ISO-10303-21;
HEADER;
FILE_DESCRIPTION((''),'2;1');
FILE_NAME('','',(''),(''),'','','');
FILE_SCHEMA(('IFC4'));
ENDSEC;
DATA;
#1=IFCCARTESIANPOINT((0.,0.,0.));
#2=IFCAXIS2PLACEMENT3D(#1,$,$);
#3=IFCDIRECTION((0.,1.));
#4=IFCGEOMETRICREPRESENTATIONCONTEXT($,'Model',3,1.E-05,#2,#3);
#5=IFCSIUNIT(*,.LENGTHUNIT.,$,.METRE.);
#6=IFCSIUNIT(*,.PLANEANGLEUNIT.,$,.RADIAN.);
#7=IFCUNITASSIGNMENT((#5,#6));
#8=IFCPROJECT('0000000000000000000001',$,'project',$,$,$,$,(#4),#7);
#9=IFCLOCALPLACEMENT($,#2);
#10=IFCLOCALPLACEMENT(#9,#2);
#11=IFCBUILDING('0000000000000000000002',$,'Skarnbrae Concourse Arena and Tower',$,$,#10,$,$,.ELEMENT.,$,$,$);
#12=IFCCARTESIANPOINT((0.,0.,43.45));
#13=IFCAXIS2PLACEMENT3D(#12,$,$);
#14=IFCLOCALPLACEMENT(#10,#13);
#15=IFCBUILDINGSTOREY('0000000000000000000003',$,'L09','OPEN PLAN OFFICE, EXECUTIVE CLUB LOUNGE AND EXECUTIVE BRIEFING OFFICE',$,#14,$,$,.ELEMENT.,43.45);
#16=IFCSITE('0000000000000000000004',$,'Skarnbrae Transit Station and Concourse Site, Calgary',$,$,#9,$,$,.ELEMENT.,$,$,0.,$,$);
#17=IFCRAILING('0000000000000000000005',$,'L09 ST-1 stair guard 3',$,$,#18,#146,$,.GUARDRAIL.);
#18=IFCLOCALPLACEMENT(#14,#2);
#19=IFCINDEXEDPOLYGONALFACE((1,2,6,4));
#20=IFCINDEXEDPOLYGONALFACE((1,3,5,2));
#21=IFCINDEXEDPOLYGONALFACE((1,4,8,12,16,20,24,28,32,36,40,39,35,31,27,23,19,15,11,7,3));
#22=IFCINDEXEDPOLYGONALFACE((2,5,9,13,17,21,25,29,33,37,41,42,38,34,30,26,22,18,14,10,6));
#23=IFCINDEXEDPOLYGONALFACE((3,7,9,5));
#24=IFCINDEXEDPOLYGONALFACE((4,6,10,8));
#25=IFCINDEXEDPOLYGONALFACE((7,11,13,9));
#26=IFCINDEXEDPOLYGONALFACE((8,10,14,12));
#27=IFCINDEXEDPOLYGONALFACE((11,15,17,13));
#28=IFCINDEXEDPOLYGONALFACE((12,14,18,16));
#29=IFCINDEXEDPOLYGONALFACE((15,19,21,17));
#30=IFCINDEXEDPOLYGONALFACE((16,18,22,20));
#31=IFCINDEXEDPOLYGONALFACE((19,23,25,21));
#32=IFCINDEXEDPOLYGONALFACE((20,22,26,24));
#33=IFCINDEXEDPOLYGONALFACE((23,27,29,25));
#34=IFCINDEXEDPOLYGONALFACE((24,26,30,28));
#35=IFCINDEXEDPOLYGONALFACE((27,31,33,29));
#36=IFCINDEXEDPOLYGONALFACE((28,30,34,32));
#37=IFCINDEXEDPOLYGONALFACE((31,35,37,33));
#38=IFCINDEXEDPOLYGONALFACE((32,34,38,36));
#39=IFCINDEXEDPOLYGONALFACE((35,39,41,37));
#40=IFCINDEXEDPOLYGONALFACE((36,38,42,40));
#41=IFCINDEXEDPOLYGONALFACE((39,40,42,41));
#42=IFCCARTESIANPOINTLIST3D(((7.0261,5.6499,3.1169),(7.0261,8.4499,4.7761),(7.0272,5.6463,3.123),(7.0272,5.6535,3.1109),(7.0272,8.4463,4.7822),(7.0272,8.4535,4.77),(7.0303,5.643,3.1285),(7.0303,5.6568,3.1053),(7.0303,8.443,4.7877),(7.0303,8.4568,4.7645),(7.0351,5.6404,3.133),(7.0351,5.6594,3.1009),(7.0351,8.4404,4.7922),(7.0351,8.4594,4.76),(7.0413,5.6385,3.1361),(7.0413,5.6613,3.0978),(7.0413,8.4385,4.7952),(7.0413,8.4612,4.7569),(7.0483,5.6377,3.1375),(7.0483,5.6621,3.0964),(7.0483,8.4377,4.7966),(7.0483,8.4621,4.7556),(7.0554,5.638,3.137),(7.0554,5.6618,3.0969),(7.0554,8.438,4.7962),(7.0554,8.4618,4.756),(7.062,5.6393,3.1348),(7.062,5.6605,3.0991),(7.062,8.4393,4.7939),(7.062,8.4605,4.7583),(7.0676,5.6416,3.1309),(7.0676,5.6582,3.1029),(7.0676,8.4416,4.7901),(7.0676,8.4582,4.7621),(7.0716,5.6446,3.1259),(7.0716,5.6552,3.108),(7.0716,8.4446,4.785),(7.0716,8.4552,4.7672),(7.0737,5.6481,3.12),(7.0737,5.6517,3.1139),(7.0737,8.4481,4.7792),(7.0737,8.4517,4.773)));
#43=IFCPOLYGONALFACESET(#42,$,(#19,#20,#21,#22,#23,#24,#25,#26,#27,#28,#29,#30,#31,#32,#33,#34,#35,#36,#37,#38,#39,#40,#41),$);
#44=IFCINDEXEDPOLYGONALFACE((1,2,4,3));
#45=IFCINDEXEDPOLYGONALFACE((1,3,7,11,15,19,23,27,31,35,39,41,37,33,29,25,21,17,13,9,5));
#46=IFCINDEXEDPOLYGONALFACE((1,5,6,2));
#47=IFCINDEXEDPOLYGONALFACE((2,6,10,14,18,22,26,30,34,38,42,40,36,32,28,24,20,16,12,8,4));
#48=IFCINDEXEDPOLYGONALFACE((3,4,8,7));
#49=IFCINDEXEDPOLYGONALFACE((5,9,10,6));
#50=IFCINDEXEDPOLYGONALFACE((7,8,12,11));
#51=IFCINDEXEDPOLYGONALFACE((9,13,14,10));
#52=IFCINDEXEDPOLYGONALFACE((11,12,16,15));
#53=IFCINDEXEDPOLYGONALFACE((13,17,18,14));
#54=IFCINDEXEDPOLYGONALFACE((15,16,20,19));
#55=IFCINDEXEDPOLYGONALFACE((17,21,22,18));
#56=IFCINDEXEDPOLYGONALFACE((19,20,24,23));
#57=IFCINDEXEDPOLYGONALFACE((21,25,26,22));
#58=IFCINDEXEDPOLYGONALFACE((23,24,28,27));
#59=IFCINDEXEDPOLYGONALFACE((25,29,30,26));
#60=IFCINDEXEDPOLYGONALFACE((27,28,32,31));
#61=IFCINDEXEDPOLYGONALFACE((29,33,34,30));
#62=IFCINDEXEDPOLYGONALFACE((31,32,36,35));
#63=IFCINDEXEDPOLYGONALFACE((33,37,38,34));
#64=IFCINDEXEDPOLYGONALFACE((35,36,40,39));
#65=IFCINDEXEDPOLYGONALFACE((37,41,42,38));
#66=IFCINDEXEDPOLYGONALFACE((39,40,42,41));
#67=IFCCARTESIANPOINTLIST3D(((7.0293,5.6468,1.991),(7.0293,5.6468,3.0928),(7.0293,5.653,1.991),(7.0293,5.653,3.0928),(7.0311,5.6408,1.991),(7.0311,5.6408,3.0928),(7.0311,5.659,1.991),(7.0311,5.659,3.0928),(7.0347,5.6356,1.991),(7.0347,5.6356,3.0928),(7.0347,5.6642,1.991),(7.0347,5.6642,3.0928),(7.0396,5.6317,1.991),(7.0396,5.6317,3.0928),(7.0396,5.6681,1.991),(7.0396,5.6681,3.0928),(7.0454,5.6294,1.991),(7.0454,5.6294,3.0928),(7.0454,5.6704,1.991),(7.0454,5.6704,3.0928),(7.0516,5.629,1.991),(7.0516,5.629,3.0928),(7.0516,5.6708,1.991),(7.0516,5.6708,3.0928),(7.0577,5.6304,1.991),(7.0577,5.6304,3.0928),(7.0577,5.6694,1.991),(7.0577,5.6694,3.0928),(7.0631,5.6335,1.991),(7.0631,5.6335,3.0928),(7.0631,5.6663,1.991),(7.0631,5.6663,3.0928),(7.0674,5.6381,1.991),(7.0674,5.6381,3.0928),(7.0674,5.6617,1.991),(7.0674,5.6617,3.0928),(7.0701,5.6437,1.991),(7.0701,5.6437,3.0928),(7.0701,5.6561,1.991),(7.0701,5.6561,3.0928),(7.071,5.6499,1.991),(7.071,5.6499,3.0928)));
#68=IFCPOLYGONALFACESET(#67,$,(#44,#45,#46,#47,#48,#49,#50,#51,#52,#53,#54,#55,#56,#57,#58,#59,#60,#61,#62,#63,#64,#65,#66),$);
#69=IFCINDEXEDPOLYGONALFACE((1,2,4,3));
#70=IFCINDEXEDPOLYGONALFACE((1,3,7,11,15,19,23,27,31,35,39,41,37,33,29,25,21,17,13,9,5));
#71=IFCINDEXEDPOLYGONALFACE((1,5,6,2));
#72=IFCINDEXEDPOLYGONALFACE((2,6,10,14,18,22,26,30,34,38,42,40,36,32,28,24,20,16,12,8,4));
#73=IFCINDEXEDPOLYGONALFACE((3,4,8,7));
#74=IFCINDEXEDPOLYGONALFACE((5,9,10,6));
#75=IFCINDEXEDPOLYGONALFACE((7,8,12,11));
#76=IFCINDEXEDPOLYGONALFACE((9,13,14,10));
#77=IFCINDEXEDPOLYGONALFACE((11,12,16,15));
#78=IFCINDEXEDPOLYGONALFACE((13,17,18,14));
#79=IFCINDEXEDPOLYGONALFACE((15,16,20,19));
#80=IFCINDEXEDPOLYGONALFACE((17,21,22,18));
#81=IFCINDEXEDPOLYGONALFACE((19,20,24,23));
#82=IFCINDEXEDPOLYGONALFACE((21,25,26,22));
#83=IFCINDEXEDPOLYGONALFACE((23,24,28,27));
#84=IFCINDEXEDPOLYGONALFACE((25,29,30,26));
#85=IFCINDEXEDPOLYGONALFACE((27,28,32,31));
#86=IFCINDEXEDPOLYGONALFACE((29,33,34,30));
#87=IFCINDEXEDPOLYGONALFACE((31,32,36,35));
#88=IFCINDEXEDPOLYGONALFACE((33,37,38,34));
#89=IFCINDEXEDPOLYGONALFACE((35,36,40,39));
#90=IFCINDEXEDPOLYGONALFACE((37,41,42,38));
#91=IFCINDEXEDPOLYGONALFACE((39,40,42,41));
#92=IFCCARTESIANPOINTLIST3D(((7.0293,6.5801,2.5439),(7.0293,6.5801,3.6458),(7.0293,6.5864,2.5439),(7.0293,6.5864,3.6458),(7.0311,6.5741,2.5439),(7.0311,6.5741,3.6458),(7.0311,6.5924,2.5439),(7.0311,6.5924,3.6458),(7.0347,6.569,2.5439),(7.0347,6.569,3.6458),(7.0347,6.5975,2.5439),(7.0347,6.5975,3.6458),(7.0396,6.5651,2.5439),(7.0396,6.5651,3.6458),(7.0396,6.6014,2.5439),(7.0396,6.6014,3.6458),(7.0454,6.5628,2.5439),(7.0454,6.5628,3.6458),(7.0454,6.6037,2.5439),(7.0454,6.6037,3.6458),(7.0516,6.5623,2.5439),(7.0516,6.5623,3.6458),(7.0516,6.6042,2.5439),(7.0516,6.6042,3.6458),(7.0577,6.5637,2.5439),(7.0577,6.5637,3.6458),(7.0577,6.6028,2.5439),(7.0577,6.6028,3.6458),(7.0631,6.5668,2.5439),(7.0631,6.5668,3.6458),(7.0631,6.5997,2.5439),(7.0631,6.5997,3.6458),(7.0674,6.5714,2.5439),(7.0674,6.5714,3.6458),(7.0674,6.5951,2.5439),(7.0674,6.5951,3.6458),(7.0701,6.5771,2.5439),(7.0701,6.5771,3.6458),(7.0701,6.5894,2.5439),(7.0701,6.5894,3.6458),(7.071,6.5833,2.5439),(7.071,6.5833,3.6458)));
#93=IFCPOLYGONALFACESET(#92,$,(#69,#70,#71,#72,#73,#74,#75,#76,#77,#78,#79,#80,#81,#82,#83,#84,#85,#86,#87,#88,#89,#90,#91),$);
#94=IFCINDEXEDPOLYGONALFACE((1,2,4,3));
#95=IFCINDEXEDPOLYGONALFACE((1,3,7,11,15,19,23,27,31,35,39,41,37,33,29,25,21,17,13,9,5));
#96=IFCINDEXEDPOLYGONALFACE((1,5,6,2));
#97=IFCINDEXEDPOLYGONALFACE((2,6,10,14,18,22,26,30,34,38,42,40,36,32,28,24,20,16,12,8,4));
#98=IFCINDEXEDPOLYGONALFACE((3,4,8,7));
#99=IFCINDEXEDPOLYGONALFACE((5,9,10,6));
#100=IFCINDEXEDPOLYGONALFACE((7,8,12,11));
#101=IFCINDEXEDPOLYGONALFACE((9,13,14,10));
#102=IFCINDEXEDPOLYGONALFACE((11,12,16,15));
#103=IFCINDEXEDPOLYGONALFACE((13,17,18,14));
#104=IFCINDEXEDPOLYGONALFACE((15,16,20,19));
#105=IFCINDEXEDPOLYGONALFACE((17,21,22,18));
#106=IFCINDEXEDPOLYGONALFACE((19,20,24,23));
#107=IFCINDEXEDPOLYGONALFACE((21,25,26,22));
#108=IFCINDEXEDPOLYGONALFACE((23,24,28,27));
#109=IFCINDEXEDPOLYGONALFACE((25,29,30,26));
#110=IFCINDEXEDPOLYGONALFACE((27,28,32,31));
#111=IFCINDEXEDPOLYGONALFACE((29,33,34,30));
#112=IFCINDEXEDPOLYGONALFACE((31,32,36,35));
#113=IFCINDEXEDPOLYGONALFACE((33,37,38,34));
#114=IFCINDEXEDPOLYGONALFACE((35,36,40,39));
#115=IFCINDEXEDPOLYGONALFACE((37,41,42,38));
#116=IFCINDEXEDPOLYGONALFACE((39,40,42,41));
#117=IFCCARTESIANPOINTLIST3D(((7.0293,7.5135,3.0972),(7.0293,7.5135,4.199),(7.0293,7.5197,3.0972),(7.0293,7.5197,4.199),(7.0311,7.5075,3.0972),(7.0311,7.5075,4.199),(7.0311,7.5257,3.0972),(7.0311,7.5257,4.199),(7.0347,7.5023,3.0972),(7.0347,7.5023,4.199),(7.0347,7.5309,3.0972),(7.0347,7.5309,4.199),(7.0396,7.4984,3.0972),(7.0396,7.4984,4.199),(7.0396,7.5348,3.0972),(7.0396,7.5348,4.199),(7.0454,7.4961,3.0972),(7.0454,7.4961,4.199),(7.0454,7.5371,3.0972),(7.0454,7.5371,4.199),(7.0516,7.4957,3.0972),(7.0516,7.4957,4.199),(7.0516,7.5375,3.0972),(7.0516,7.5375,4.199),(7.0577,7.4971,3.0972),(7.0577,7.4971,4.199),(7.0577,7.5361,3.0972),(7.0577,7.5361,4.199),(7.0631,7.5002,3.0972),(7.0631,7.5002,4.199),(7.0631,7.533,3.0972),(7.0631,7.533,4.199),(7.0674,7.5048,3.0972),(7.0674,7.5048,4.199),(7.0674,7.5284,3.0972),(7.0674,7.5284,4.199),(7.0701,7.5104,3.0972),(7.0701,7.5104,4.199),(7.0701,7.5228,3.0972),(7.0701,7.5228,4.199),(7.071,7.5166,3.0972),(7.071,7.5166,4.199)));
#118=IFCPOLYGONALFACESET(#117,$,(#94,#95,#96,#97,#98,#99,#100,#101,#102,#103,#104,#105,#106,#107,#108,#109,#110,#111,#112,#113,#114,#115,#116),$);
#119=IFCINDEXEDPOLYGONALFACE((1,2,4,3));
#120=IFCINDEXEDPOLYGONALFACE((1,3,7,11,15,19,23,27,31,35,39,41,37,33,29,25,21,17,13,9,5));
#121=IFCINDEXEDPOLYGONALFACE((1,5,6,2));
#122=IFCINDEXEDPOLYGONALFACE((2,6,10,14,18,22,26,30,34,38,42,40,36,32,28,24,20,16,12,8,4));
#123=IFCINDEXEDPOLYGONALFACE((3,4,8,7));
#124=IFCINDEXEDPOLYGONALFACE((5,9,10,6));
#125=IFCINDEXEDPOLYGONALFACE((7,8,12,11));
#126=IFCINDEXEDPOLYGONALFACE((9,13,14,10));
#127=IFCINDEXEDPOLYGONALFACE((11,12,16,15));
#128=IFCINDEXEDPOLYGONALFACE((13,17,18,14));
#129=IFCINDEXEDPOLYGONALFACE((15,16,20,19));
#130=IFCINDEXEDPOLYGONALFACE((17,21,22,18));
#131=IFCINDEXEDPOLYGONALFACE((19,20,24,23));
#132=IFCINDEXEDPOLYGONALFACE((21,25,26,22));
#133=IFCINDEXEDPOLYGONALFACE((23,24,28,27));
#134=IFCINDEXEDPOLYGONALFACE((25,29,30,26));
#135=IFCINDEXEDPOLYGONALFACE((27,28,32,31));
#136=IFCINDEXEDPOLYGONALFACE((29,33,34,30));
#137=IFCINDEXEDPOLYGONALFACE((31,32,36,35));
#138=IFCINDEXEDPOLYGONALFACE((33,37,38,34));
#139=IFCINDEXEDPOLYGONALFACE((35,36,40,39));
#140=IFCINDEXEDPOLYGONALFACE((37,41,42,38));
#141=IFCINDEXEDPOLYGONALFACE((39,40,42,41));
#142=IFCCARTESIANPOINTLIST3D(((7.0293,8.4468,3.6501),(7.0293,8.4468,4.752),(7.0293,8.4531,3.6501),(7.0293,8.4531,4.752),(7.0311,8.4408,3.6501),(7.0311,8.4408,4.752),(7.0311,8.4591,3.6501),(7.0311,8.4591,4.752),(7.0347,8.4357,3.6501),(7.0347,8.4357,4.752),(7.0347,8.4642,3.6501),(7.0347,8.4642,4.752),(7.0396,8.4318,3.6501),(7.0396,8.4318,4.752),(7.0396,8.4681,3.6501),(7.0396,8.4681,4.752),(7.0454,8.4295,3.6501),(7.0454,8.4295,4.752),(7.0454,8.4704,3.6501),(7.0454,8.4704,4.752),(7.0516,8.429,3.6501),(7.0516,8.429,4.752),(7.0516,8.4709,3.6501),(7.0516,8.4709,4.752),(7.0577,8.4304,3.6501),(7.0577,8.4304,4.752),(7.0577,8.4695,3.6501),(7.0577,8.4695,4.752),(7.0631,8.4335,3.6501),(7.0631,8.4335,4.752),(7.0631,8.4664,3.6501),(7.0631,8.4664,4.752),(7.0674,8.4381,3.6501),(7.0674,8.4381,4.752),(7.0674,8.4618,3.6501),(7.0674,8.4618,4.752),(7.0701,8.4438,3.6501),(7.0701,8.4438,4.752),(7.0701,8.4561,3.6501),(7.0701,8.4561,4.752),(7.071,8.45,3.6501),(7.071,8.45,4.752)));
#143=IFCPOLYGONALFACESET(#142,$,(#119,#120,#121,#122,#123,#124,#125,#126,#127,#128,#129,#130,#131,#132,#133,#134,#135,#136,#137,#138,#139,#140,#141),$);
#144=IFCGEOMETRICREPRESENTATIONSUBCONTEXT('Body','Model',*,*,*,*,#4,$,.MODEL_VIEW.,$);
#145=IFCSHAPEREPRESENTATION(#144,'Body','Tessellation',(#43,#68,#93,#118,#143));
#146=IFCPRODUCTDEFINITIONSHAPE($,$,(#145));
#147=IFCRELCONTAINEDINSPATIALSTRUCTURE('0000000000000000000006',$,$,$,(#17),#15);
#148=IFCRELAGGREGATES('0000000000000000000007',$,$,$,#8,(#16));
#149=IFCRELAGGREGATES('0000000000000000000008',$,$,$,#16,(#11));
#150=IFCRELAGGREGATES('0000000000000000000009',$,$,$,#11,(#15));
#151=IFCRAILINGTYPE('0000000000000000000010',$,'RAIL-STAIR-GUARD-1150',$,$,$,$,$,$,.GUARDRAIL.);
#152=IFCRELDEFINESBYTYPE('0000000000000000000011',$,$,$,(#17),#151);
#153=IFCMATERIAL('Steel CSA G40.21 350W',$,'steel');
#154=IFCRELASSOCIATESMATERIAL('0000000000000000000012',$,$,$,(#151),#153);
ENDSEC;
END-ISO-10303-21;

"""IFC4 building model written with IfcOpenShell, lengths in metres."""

from ifc_helpers import new_model, si_unit, direction, frame, origin, origin_2d, place, context, subcontext, project, spatial, circle, extrude, material, type_object, element, save


model = new_model("IFC4")

# Units and contexts
model_context = context("Model", 3, precision=1e-05, world=origin(), true_north=direction((0.0, 1.0)))
body_context = subcontext(model_context, "Body", "Model", "MODEL_VIEW")
ifc_project = project(units=[si_unit("LENGTHUNIT", "METRE"), si_unit("PLANEANGLEUNIT", "RADIAN")], contexts=[model_context])

# Site, building, storey
site_placement = place(None, origin())
site = spatial("IfcSite", under=ifc_project, at=site_placement, Name="Skarnbrae Transit Station and Concourse Site, Calgary", CompositionType="ELEMENT", RefElevation=0.0)
building_placement = place(site_placement, origin())
building = spatial("IfcBuilding", under=site, at=building_placement, Name="Skarnbrae Concourse Arena and Tower", CompositionType="ELEMENT")
storey_placement = place(building_placement, frame((0.0, 0.0, 43.45)))
storey = spatial("IfcBuildingStorey", under=building, at=storey_placement, Name="L09", Description="OPEN PLAN OFFICE, EXECUTIVE CLUB LOUNGE AND EXECUTIVE BRIEFING OFFICE", CompositionType="ELEMENT", Elevation=43.45)

# Shared definitions
ifc_material_1 = material(Name="Steel CSA G40.21 350W", Category="steel")

# Railing
railing_type_1 = type_object("IfcRailingType", Name="RAIL-STAIR-GUARD-1150", PredefinedType="GUARDRAIL", material=ifc_material_1)
railing_1_placement = place(storey_placement, frame((7.05, 5.6499, 1.991)))
element("IfcRailing", 1, at=railing_1_placement, inside=storey, type_object=railing_type_1, Name="L09 ST-1 stair guard 3", PredefinedType="GUARDRAIL", context=body_context, shape_type="SweptSolid", body=[
    extrude(circle(Radius=0.0239, at=origin_2d()), frame((0.0, 0.0, 1.126), z_axis=(0.0, 0.860306, 0.509778), x_axis=(-1.0, 0.0, 0.0)), (0.0, 0.0, 1.0), 3.2546),
    extrude(circle(Radius=0.021, at=origin_2d()), origin(), (0.0, 0.0, 1.0), 1.1018),
    extrude(circle(Radius=0.021, at=origin_2d()), frame((0.0, 0.9333, 0.553)), (0.0, 0.0, 1.0), 1.1018),
    extrude(circle(Radius=0.021, at=origin_2d()), frame((0.0, 1.8667, 1.1062)), (0.0, 0.0, 1.0), 1.1018),
    extrude(circle(Radius=0.021, at=origin_2d()), frame((0.0, 2.8, 1.6592)), (0.0, 0.0, 1.0), 1.1018),
])

save(model, "model.ifc")
